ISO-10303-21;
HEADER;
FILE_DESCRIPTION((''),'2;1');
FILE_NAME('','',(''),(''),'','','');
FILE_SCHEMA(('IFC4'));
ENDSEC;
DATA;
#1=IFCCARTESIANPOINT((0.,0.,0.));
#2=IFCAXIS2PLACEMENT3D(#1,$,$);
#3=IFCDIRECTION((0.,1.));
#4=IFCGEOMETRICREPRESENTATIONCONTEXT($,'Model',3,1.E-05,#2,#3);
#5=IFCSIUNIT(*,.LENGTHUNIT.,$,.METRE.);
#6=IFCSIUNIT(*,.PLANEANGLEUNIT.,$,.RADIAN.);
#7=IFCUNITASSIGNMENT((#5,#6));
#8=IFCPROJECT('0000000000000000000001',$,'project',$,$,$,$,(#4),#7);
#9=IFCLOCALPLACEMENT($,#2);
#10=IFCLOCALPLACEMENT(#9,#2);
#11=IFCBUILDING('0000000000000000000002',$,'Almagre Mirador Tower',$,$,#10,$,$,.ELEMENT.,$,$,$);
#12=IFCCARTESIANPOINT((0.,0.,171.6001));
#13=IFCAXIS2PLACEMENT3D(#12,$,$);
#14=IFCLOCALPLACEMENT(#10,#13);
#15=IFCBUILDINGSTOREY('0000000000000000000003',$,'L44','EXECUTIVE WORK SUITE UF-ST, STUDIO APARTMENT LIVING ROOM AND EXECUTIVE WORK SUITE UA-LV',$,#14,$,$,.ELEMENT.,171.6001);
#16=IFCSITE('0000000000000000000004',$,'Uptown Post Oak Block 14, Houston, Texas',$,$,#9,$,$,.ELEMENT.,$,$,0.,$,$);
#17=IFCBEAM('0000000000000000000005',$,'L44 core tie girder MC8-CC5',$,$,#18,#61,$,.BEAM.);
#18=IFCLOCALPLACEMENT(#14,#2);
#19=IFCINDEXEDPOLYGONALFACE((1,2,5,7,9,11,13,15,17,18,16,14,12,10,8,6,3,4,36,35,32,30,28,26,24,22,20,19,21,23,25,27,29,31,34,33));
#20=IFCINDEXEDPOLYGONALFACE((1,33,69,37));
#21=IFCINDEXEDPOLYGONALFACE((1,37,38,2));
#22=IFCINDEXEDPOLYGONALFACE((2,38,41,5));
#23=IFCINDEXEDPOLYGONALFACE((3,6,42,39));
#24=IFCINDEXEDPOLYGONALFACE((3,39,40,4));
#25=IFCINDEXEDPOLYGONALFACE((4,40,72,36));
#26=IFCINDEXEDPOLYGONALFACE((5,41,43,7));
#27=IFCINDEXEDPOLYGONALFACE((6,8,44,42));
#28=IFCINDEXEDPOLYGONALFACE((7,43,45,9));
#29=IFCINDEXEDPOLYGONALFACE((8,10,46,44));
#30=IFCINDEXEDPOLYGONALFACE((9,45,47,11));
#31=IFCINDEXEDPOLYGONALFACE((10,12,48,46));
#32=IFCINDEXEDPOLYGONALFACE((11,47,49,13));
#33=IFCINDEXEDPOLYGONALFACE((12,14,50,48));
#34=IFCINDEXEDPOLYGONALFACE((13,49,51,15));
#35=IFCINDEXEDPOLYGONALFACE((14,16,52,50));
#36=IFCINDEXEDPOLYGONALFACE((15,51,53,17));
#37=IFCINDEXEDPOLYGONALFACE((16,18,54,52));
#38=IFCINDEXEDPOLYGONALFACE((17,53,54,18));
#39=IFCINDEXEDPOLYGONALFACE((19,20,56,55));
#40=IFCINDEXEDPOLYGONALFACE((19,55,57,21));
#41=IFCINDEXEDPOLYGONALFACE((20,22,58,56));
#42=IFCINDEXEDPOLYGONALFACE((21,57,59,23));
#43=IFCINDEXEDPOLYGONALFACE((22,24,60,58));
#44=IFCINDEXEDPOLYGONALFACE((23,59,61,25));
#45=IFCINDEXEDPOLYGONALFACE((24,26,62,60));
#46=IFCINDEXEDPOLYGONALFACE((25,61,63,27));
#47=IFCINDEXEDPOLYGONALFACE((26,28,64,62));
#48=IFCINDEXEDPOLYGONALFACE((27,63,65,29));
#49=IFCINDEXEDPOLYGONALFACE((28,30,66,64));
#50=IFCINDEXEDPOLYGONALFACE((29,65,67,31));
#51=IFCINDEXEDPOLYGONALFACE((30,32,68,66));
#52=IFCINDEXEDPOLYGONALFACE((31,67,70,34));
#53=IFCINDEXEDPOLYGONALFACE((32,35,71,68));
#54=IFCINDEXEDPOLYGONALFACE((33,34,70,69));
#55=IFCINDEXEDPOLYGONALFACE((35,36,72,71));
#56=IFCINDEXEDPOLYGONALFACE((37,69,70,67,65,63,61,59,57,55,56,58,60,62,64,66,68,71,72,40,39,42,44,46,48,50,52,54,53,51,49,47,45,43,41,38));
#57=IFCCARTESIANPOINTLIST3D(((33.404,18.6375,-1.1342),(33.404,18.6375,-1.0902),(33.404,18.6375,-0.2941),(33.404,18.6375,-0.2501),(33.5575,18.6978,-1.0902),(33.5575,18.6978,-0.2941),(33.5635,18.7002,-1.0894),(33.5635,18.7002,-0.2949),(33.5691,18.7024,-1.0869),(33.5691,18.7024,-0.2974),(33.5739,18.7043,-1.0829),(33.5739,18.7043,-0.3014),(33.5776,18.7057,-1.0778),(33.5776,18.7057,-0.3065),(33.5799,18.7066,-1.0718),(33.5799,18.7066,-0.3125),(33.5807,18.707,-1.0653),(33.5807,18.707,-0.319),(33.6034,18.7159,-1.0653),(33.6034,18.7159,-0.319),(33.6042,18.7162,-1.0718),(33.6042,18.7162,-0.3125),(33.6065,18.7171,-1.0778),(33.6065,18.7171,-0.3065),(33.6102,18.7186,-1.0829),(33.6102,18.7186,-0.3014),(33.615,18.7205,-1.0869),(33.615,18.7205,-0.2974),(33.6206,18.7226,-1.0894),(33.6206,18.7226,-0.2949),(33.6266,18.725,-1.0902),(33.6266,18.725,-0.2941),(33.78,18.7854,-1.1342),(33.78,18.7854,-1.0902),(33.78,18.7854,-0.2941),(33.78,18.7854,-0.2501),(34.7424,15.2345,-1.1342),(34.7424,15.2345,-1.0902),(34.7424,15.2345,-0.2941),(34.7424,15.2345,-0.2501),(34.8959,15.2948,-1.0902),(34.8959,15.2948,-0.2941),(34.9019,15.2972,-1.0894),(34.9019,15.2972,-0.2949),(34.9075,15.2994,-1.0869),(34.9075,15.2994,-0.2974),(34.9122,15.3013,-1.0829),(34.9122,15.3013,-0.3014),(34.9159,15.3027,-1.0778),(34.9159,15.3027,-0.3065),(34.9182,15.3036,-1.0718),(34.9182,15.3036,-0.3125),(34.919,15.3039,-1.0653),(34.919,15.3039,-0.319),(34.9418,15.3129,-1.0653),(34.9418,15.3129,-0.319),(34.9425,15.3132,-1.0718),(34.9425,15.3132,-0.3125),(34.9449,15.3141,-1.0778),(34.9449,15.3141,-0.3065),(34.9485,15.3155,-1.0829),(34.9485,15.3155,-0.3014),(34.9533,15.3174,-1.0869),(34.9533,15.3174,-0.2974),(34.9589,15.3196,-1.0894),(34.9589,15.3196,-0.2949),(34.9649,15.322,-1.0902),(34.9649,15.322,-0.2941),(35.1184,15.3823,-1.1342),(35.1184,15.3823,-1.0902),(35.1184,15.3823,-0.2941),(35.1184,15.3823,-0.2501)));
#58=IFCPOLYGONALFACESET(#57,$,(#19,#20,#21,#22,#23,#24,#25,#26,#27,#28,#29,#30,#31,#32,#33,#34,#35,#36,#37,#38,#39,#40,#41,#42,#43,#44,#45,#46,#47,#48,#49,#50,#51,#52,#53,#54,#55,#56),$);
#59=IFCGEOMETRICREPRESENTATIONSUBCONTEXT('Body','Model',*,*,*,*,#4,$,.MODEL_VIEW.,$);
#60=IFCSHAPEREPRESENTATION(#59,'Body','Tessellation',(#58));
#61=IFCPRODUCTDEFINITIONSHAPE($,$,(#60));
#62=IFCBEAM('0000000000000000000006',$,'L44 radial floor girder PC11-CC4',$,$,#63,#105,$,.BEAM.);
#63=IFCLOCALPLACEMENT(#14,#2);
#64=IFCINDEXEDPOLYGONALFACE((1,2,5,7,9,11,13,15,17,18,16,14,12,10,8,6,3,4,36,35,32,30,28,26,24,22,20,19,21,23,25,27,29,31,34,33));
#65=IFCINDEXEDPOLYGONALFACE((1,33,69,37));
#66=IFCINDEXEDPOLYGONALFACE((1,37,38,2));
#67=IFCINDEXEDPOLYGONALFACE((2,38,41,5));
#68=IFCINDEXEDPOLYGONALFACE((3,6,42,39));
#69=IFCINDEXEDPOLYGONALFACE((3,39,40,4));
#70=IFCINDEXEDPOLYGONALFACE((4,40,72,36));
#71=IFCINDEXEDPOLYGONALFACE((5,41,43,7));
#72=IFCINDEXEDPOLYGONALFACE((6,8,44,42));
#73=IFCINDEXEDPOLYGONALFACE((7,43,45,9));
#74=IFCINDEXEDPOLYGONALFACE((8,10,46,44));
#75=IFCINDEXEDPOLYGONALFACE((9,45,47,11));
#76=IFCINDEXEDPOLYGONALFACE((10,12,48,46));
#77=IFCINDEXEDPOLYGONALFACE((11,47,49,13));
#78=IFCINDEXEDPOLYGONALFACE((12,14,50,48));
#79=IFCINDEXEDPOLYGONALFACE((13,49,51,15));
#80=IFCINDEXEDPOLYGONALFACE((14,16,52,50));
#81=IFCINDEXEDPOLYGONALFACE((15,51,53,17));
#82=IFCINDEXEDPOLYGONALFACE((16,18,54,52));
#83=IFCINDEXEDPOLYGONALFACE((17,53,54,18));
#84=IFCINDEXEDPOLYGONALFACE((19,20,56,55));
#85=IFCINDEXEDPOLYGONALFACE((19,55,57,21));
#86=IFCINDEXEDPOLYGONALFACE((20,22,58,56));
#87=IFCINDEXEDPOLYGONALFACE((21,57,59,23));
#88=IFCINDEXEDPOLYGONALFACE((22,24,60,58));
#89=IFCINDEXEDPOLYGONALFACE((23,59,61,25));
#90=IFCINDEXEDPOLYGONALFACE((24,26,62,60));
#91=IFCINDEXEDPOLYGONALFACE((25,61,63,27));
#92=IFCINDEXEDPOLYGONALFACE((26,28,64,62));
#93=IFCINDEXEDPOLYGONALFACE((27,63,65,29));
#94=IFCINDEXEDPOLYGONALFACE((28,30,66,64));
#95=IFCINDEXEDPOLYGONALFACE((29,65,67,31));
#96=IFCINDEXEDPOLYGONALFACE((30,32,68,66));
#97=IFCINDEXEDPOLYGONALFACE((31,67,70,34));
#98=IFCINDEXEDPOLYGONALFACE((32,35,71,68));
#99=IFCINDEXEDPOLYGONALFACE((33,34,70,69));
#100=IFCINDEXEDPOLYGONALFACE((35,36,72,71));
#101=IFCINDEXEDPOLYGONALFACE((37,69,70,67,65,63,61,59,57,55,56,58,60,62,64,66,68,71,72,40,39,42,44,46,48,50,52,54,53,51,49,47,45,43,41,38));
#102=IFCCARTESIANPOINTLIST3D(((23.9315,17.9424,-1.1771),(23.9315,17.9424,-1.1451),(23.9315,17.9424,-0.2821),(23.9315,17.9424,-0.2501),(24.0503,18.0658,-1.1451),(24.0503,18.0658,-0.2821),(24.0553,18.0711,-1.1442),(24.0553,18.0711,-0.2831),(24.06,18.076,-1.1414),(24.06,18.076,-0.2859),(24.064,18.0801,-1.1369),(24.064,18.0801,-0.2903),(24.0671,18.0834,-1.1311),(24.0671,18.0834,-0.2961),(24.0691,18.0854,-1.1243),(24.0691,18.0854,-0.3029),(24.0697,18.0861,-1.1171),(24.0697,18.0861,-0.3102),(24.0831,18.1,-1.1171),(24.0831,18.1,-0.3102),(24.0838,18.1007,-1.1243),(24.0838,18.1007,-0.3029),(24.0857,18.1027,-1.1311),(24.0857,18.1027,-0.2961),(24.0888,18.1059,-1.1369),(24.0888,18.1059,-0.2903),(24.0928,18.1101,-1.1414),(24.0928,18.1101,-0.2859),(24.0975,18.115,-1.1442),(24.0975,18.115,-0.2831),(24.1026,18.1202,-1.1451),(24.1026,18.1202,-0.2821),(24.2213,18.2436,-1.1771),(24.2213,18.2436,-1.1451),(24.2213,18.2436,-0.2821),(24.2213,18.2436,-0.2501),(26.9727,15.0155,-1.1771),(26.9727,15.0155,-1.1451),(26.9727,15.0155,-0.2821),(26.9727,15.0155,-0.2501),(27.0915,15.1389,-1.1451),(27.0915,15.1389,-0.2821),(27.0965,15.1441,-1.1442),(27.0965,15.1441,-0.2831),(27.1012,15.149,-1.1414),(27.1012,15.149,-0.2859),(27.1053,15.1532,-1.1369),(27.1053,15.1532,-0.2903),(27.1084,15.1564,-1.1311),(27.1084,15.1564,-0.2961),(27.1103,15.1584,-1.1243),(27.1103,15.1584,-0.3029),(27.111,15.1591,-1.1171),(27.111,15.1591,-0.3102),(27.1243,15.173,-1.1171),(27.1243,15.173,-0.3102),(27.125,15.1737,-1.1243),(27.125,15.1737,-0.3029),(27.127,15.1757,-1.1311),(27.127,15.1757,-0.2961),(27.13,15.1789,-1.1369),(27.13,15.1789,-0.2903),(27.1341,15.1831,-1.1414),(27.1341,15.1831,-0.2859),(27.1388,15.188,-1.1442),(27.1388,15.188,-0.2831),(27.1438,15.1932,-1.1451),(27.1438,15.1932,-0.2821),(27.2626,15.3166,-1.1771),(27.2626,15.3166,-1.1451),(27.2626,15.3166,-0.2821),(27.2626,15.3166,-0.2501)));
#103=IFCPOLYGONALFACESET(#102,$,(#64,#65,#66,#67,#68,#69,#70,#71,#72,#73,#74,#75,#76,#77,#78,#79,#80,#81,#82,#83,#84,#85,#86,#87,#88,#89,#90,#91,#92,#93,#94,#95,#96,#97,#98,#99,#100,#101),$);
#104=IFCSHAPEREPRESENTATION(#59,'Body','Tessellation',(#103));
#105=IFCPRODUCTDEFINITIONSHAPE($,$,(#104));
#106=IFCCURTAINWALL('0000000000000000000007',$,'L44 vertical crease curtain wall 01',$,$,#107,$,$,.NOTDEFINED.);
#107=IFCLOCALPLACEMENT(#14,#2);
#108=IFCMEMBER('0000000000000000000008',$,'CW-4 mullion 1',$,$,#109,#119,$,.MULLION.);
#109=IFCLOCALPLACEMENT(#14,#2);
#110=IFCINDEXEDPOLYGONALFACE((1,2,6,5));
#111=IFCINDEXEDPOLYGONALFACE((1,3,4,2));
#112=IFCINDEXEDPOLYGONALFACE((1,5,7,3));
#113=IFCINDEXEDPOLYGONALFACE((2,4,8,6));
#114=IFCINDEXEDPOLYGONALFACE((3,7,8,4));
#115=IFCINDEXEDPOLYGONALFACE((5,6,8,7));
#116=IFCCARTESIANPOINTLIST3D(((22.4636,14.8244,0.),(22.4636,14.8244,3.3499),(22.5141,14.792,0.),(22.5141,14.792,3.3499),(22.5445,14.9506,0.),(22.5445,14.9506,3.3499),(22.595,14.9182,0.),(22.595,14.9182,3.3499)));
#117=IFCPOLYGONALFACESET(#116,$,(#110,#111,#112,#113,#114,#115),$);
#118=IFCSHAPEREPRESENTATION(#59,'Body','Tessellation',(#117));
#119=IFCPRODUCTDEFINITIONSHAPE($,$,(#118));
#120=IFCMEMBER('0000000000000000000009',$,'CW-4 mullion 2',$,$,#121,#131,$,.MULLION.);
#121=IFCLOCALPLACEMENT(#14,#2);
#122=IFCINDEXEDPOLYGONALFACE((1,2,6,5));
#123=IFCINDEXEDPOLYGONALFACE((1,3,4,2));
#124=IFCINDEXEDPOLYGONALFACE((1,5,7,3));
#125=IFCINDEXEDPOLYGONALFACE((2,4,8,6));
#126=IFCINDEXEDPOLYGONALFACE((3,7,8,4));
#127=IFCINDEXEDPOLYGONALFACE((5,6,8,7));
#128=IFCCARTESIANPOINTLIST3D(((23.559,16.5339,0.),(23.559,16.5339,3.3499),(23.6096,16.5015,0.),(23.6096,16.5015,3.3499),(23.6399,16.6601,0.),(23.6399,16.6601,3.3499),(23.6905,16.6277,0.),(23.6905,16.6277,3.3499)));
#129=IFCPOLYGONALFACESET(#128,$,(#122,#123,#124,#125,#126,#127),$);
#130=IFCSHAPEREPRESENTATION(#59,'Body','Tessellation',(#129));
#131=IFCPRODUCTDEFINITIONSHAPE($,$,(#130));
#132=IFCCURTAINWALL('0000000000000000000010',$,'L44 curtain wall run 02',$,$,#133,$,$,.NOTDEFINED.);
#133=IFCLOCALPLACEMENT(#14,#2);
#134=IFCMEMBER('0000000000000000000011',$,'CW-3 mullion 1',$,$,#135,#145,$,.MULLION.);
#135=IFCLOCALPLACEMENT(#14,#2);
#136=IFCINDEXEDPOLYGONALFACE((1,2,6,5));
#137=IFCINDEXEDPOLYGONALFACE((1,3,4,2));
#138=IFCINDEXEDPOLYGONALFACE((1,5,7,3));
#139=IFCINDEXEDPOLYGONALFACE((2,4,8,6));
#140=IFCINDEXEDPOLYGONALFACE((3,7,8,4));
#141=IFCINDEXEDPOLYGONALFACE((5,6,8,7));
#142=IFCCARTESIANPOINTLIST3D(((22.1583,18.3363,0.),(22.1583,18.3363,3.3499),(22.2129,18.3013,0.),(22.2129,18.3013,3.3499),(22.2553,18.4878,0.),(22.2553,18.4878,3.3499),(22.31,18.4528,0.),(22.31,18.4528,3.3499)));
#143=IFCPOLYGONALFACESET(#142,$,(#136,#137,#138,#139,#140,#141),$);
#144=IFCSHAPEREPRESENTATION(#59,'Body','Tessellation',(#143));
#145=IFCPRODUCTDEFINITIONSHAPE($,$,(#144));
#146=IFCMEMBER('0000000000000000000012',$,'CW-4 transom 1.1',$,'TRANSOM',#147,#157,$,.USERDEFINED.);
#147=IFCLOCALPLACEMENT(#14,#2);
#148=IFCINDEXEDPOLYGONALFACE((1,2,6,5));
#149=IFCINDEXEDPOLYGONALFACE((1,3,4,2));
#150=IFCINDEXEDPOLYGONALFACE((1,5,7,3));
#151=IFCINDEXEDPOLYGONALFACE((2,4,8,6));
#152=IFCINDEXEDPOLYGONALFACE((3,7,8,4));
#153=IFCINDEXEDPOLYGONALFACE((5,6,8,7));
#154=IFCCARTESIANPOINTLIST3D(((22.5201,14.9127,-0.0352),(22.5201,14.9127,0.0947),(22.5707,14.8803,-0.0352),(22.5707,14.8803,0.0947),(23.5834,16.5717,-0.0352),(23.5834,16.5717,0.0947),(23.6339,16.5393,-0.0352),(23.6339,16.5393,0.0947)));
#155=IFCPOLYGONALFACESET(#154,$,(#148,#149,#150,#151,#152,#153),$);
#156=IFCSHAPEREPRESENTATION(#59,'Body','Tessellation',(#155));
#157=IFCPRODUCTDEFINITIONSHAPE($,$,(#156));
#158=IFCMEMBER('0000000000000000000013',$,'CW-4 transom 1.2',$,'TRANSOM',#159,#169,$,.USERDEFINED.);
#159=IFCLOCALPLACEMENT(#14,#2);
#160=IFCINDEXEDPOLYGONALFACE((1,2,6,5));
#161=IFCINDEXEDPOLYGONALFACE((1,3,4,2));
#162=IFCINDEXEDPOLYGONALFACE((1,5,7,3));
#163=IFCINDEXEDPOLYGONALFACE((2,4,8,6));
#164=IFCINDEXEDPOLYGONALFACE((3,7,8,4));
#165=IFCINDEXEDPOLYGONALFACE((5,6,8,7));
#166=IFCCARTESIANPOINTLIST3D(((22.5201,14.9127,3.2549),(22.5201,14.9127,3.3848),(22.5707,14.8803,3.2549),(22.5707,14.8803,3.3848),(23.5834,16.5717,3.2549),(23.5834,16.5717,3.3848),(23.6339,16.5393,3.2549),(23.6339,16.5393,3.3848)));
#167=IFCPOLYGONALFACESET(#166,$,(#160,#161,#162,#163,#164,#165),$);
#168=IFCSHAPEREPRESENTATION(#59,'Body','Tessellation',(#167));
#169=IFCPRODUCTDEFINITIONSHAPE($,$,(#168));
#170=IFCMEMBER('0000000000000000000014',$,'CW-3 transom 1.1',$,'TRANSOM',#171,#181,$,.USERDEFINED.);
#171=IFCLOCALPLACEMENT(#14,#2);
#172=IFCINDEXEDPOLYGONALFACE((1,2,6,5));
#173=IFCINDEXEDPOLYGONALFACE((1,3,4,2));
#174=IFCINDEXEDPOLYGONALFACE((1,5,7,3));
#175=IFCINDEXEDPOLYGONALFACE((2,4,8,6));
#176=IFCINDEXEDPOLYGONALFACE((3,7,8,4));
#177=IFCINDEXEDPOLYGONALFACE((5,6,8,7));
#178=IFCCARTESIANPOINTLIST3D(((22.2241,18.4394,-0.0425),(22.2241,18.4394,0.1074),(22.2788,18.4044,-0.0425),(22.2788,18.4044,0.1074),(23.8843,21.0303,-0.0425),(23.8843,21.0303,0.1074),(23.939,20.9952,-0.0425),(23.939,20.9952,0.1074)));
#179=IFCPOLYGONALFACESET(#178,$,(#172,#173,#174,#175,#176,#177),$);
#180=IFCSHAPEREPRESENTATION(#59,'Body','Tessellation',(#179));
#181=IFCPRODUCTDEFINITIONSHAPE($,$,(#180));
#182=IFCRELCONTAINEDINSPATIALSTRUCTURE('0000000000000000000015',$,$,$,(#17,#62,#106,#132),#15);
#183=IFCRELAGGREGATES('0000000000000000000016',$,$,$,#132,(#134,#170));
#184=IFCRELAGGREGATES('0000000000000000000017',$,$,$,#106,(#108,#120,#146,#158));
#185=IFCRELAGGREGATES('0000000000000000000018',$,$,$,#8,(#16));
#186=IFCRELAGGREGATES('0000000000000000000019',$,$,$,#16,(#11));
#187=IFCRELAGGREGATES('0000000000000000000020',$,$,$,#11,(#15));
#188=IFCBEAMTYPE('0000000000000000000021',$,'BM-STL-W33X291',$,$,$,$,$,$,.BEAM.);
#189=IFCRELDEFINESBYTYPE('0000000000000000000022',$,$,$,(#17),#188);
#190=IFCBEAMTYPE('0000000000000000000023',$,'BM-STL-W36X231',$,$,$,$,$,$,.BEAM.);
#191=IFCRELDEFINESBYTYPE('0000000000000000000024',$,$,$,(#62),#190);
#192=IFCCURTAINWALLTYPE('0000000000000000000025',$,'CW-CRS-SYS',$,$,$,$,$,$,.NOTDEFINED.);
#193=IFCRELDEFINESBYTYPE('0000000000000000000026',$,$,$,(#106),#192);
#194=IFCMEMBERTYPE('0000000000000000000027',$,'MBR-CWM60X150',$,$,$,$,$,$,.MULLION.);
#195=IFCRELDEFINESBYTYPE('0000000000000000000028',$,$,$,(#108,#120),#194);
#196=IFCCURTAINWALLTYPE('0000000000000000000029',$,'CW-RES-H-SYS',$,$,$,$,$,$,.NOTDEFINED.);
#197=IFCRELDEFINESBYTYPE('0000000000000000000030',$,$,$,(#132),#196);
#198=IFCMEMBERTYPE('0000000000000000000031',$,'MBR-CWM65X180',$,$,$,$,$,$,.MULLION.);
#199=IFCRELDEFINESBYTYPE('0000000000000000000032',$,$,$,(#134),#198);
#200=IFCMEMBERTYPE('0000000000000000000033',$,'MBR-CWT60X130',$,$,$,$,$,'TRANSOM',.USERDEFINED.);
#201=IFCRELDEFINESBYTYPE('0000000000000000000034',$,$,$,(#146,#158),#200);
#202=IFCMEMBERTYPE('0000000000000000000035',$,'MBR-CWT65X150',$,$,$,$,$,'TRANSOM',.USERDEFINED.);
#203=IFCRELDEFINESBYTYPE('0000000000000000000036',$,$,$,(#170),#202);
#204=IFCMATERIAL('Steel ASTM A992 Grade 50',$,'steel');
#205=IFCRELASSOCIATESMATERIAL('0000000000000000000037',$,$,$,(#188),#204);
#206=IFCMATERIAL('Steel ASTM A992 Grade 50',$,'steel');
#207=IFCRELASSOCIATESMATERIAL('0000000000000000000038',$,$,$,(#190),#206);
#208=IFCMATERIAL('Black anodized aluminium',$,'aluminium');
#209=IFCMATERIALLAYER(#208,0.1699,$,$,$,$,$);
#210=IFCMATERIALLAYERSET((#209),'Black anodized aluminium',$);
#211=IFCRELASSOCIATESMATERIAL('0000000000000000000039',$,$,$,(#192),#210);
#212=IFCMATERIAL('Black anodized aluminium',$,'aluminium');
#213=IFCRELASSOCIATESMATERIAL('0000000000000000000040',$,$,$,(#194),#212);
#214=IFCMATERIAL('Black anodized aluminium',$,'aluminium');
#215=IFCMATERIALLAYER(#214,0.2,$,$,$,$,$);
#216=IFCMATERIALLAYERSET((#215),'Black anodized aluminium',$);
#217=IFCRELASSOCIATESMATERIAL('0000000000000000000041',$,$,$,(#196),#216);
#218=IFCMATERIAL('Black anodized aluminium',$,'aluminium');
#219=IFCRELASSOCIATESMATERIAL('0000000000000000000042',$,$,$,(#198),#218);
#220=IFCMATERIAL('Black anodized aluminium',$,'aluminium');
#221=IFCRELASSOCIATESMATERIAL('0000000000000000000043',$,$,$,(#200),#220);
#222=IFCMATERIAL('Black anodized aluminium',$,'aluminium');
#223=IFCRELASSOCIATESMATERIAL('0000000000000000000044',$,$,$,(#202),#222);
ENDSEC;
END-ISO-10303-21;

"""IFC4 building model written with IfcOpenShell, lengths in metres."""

from ifc_helpers import new_model, si_unit, direction, frame, origin, origin_2d, place, context, subcontext, project, spatial, rectangle, i_section, extrude, material, layer, layer_set, material_profile, profile_set, type_object, element, aggregate, save


model = new_model("IFC4")

# Units and contexts
model_context = context("Model", 3, precision=1e-05, world=origin(), true_north=direction((0.0, 1.0)))
body_context = subcontext(model_context, "Body", "Model", "MODEL_VIEW")
ifc_project = project(units=[si_unit("LENGTHUNIT", "METRE"), si_unit("PLANEANGLEUNIT", "RADIAN")], contexts=[model_context])

# Site, building, storey
site_placement = place(None, origin())
site = spatial("IfcSite", under=ifc_project, at=site_placement, Name="Uptown Post Oak Block 14, Houston, Texas", CompositionType="ELEMENT", RefElevation=0.0)
building_placement = place(site_placement, origin())
building = spatial("IfcBuilding", under=site, at=building_placement, Name="Almagre Mirador Tower", CompositionType="ELEMENT")
storey_placement = place(building_placement, frame((0.0, 0.0, 171.6001)))
storey = spatial("IfcBuildingStorey", under=building, at=storey_placement, Name="L44", Description="EXECUTIVE WORK SUITE UF-ST, STUDIO APARTMENT LIVING ROOM AND EXECUTIVE WORK SUITE UA-LV", CompositionType="ELEMENT", Elevation=171.6001)

# Beams
ifc_material_1 = material(Name="Steel ASTM A992 Grade 50", Category="steel")
ifc_material_profile_1 = material_profile(ifc_material_1, i_section(OverallWidth=0.4041, OverallDepth=0.884, WebThickness=0.0244, FlangeThickness=0.0439, FilletRadius=0.0249, at=origin_2d()), Name="W33X291")
ifc_profile_set_1 = profile_set([ifc_material_profile_1], Name="Steel ASTM A992 Grade 50")
beam_type_1 = type_object("IfcBeamType", Name="BM-STL-W33X291", PredefinedType="BEAM", material=ifc_profile_set_1)
beam_1_placement = place(storey_placement, frame((33.592, 18.7114, -0.6921), z_axis=(0.365997, -0.930616, 0.0), x_axis=(0.930616, 0.365997, 0.0)))
element("IfcBeam", 1, at=beam_1_placement, inside=storey, type_object=beam_type_1, Name="L44 core tie girder MC8-CC5", PredefinedType="BEAM", context=body_context, shape_type="SweptSolid", body=[
    extrude(i_section(OverallWidth=0.4041, OverallDepth=0.884, WebThickness=0.0244, FlangeThickness=0.0439, FilletRadius=0.0249, at=origin_2d()), origin(), (0.0, 0.0, 1.0), 3.6567),
])
ifc_material_2 = material(Name="Steel ASTM A992 Grade 50", Category="steel")
ifc_material_profile_2 = material_profile(ifc_material_2, i_section(OverallWidth=0.418, OverallDepth=0.927, WebThickness=0.0193, FlangeThickness=0.032, FilletRadius=0.0281, at=origin_2d()), Name="W36X231")
ifc_profile_set_2 = profile_set([ifc_material_profile_2], Name="Steel ASTM A992 Grade 50")
beam_type_2 = type_object("IfcBeamType", Name="BM-STL-W36X231", PredefinedType="BEAM", material=ifc_profile_set_2)
beam_2_placement = place(storey_placement, frame((24.0764, 18.093, -0.7136), z_axis=(0.720512, -0.693443, 0.0), x_axis=(0.693443, 0.720512, 0.0)))
element("IfcBeam", 2, at=beam_2_placement, inside=storey, type_object=beam_type_2, Name="L44 radial floor girder PC11-CC4", PredefinedType="BEAM", context=body_context, shape_type="SweptSolid", body=[
    extrude(i_section(OverallWidth=0.418, OverallDepth=0.927, WebThickness=0.0193, FlangeThickness=0.032, FilletRadius=0.0281, at=origin_2d()), origin(), (0.0, 0.0, 1.0), 4.2209),
])

# Curtain wall, members
ifc_material_3 = material(Name="Black anodized aluminium", Category="aluminium")
ifc_layer_1 = layer(ifc_material_3, 0.1699)
ifc_layer_set_1 = layer_set([ifc_layer_1], Name="Black anodized aluminium")
curtain_wall_type_1 = type_object("IfcCurtainWallType", Name="CW-CRS-SYS", PredefinedType="NOTDEFINED", material=ifc_layer_set_1)
curtain_wall_1_placement = place(storey_placement, origin())
curtain_wall_1 = element("IfcCurtainWall", 3, at=curtain_wall_1_placement, inside=storey, type_object=curtain_wall_type_1, Name="L44 vertical crease curtain wall 01", PredefinedType="NOTDEFINED")
ifc_material_4 = material(Name="Black anodized aluminium", Category="aluminium")
ifc_material_profile_3 = material_profile(ifc_material_4, rectangle(XDim=0.0601, YDim=0.1499, at=origin_2d()), Name="CWM60X150")
ifc_profile_set_3 = profile_set([ifc_material_profile_3], Name="Black anodized aluminium")
member_type_1 = type_object("IfcMemberType", Name="MBR-CWM60X150", PredefinedType="MULLION", material=ifc_profile_set_3)
member_1_placement = place(storey_placement, frame((22.5293, 14.8713, 0.0), z_axis=(0.0, 0.0, 1.0), x_axis=(-0.841924, 0.539597, 0.0)))
member_1 = element("IfcMember", 4, at=member_1_placement, type_object=member_type_1, Name="CW-4 mullion 1", PredefinedType="MULLION", context=body_context, shape_type="SweptSolid", body=[
    extrude(rectangle(XDim=0.0601, YDim=0.1499, at=origin_2d()), origin(), (0.0, 0.0, 1.0), 3.3499),
])
member_2_placement = place(storey_placement, frame((23.6248, 16.5808, 0.0), z_axis=(0.0, 0.0, 1.0), x_axis=(-0.841924, 0.539597, 0.0)))
member_2 = element("IfcMember", 5, at=member_2_placement, type_object=member_type_1, Name="CW-4 mullion 2", PredefinedType="MULLION", context=body_context, shape_type="SweptSolid", body=[
    extrude(rectangle(XDim=0.0601, YDim=0.1499, at=origin_2d()), origin(), (0.0, 0.0, 1.0), 3.3499),
])

# Curtain wall, member
ifc_material_5 = material(Name="Black anodized aluminium", Category="aluminium")
ifc_layer_2 = layer(ifc_material_5, 0.2)
ifc_layer_set_2 = layer_set([ifc_layer_2], Name="Black anodized aluminium")
curtain_wall_type_2 = type_object("IfcCurtainWallType", Name="CW-RES-H-SYS", PredefinedType="NOTDEFINED", material=ifc_layer_set_2)
curtain_wall_2_placement = place(storey_placement, origin())
curtain_wall_2 = element("IfcCurtainWall", 6, at=curtain_wall_2_placement, inside=storey, type_object=curtain_wall_type_2, Name="L44 curtain wall run 02", PredefinedType="NOTDEFINED")
ifc_material_6 = material(Name="Black anodized aluminium", Category="aluminium")
ifc_material_profile_4 = material_profile(ifc_material_6, rectangle(XDim=0.0649, YDim=0.1799, at=origin_2d()), Name="CWM65X180")
ifc_profile_set_4 = profile_set([ifc_material_profile_4], Name="Black anodized aluminium")
member_type_2 = type_object("IfcMemberType", Name="MBR-CWM65X180", PredefinedType="MULLION", material=ifc_profile_set_4)
member_3_placement = place(storey_placement, frame((22.2341, 18.3945, 0.0), z_axis=(0.0, 0.0, 1.0), x_axis=(-0.841989, 0.539495, 0.0)))
member_3 = element("IfcMember", 7, at=member_3_placement, type_object=member_type_2, Name="CW-3 mullion 1", PredefinedType="MULLION", context=body_context, shape_type="SweptSolid", body=[
    extrude(rectangle(XDim=0.0649, YDim=0.1799, at=origin_2d()), origin(), (0.0, 0.0, 1.0), 3.3499),
])

# Members
ifc_material_7 = material(Name="Black anodized aluminium", Category="aluminium")
ifc_material_profile_5 = material_profile(ifc_material_7, rectangle(XDim=0.0601, YDim=0.1299, at=origin_2d()), Name="CWT60X130")
ifc_profile_set_5 = profile_set([ifc_material_profile_5], Name="Black anodized aluminium")
member_type_3 = type_object("IfcMemberType", Name="MBR-CWT60X130", ElementType="TRANSOM", PredefinedType="USERDEFINED", material=ifc_profile_set_5)
member_4_placement = place(storey_placement, frame((22.5454, 14.8965, 0.0298), z_axis=(0.539599, 0.841922, 0.0), x_axis=(-0.841922, 0.539599, 0.0)))
member_4 = element("IfcMember", 8, at=member_4_placement, type_object=member_type_3, Name="CW-4 transom 1.1", ObjectType="TRANSOM", PredefinedType="USERDEFINED", context=body_context, shape_type="SweptSolid", body=[
    extrude(rectangle(XDim=0.0601, YDim=0.1299, at=origin_2d()), origin(), (0.0, 0.0, 1.0), 1.9705),
])
member_5_placement = place(storey_placement, frame((22.5454, 14.8965, 3.3198), z_axis=(0.539599, 0.841922, 0.0), x_axis=(-0.841922, 0.539599, 0.0)))
member_5 = element("IfcMember", 9, at=member_5_placement, type_object=member_type_3, Name="CW-4 transom 1.2", ObjectType="TRANSOM", PredefinedType="USERDEFINED", context=body_context, shape_type="SweptSolid", body=[
    extrude(rectangle(XDim=0.0601, YDim=0.1299, at=origin_2d()), origin(), (0.0, 0.0, 1.0), 1.9705),
])
ifc_material_8 = material(Name="Black anodized aluminium", Category="aluminium")
ifc_material_profile_6 = material_profile(ifc_material_8, rectangle(XDim=0.0649, YDim=0.1499, at=origin_2d()), Name="CWT65X150")
ifc_profile_set_6 = profile_set([ifc_material_profile_6], Name="Black anodized aluminium")
member_type_4 = type_object("IfcMemberType", Name="MBR-CWT65X150", ElementType="TRANSOM", PredefinedType="USERDEFINED", material=ifc_profile_set_6)
member_6_placement = place(storey_placement, frame((22.2515, 18.4219, 0.0325), z_axis=(0.539522, 0.841972, 0.0), x_axis=(-0.841972, 0.539522, 0.0)))
member_6 = element("IfcMember", 10, at=member_6_placement, type_object=member_type_4, Name="CW-3 transom 1.1", ObjectType="TRANSOM", PredefinedType="USERDEFINED", context=body_context, shape_type="SweptSolid", body=[
    extrude(rectangle(XDim=0.0649, YDim=0.1499, at=origin_2d()), origin(), (0.0, 0.0, 1.0), 3.0771),
])
aggregate(curtain_wall_2, [member_3, member_6])

aggregate(curtain_wall_1, [member_1, member_2, member_4, member_5])

save(model, "model.ifc")
